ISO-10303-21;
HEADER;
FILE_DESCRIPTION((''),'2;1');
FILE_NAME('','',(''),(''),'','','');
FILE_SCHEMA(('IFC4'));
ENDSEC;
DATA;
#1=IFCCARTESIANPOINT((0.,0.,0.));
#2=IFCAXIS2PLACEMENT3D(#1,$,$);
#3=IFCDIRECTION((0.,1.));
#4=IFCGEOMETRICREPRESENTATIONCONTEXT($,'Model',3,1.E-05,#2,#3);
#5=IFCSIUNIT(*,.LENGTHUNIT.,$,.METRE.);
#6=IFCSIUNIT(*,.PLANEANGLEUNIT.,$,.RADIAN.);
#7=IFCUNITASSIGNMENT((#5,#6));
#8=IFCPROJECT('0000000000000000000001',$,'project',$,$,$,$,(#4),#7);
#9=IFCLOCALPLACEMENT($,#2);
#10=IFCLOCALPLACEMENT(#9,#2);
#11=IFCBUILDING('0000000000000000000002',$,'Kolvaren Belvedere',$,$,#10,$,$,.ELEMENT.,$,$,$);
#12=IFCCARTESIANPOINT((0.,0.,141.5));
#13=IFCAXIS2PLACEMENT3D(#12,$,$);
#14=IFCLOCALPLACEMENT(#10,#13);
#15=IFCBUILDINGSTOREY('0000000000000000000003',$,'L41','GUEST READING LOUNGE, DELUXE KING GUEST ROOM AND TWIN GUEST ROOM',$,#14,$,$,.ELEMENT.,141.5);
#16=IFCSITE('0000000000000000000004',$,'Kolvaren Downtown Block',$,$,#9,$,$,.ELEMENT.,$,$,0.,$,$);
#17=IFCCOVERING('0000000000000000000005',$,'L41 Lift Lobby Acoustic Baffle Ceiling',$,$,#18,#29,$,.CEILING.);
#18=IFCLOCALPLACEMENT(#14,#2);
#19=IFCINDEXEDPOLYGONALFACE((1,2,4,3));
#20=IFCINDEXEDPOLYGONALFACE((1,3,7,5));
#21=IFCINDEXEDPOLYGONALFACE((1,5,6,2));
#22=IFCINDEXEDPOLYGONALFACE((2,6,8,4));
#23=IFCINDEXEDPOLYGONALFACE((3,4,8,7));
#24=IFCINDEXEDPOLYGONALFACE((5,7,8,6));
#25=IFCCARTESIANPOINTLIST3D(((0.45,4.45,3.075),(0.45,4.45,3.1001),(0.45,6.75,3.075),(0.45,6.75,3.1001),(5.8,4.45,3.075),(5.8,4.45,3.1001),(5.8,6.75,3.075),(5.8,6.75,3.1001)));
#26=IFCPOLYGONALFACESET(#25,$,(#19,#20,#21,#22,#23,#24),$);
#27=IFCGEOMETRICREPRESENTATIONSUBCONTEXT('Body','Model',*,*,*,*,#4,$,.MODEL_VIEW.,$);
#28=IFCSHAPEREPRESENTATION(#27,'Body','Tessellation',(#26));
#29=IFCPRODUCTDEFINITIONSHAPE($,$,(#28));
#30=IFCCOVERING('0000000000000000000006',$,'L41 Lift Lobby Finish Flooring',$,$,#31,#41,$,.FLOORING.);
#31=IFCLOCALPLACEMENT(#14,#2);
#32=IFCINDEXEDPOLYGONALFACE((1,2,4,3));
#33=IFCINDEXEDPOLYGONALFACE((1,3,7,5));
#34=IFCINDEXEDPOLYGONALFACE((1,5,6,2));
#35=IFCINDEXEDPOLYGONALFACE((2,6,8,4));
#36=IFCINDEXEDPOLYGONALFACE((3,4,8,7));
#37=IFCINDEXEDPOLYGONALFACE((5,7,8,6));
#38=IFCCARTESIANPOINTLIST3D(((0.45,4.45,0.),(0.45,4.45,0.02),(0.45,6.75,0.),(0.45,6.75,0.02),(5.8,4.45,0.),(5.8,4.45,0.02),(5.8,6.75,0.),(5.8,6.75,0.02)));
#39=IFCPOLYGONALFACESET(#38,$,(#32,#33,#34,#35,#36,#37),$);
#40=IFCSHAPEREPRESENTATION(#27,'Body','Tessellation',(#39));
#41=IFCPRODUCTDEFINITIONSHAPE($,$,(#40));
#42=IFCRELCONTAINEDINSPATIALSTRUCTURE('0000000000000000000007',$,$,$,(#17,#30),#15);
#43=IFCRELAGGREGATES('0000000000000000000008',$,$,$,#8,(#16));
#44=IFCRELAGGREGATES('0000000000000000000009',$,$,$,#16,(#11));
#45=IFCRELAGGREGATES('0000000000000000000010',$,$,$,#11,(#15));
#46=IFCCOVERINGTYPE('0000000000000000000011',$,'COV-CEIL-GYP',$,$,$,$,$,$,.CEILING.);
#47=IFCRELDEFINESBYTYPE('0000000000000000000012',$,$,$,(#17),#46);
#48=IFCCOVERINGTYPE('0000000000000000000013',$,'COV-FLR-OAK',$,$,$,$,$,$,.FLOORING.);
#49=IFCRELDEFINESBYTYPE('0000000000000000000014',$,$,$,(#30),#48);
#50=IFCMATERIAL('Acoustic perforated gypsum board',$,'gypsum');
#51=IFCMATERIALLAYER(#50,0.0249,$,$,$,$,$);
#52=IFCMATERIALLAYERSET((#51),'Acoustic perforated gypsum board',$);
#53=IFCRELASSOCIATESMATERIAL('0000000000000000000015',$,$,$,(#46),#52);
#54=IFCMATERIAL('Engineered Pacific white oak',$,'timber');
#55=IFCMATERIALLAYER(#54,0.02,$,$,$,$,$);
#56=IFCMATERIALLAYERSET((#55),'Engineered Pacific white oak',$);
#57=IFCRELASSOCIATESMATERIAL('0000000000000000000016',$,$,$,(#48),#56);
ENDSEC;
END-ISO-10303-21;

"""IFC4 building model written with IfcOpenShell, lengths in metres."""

from ifc_helpers import new_model, si_unit, direction, frame, origin, place, context, subcontext, project, spatial, polyline, outline, extrude, material, layer, layer_set, type_object, element, save


model = new_model("IFC4")

# Units and contexts
model_context = context("Model", 3, precision=1e-05, world=origin(), true_north=direction((0.0, 1.0)))
body_context = subcontext(model_context, "Body", "Model", "MODEL_VIEW")
ifc_project = project(units=[si_unit("LENGTHUNIT", "METRE"), si_unit("PLANEANGLEUNIT", "RADIAN")], contexts=[model_context])

# Site, building, storey
site_placement = place(None, origin())
site = spatial("IfcSite", under=ifc_project, at=site_placement, Name="Kolvaren Downtown Block", CompositionType="ELEMENT", RefElevation=0.0)
building_placement = place(site_placement, origin())
building = spatial("IfcBuilding", under=site, at=building_placement, Name="Kolvaren Belvedere", CompositionType="ELEMENT")
storey_placement = place(building_placement, frame((0.0, 0.0, 141.5)))
storey = spatial("IfcBuildingStorey", under=building, at=storey_placement, Name="L41", Description="GUEST READING LOUNGE, DELUXE KING GUEST ROOM AND TWIN GUEST ROOM", CompositionType="ELEMENT", Elevation=141.5)

# Coverings
ifc_material_1 = material(Name="Acoustic perforated gypsum board", Category="gypsum")
ifc_layer_1 = layer(ifc_material_1, 0.0249)
ifc_layer_set_1 = layer_set([ifc_layer_1], Name="Acoustic perforated gypsum board")
covering_type_1 = type_object("IfcCoveringType", Name="COV-CEIL-GYP", PredefinedType="CEILING", material=ifc_layer_set_1)
covering_1_placement = place(storey_placement, frame((0.0, 0.0, 3.075)))
element("IfcCovering", 1, at=covering_1_placement, inside=storey, type_object=covering_type_1, Name="L41 Lift Lobby Acoustic Baffle Ceiling", PredefinedType="CEILING", context=body_context, shape_type="SweptSolid", body=[
    extrude(outline(polyline([(0.45, 4.45), (5.8, 4.45), (5.8, 6.75), (0.45, 6.75), (0.45, 4.45)])), origin(), (0.0, 0.0, 1.0), 0.0251),
])
ifc_material_2 = material(Name="Engineered Pacific white oak", Category="timber")
ifc_layer_2 = layer(ifc_material_2, 0.02)
ifc_layer_set_2 = layer_set([ifc_layer_2], Name="Engineered Pacific white oak")
covering_type_2 = type_object("IfcCoveringType", Name="COV-FLR-OAK", PredefinedType="FLOORING", material=ifc_layer_set_2)
covering_2_placement = place(storey_placement, origin())
element("IfcCovering", 2, at=covering_2_placement, inside=storey, type_object=covering_type_2, Name="L41 Lift Lobby Finish Flooring", PredefinedType="FLOORING", context=body_context, shape_type="SweptSolid", body=[
    extrude(outline(polyline([(0.45, 4.45), (5.8, 4.45), (5.8, 6.75), (0.45, 6.75), (0.45, 4.45)])), origin(), (0.0, 0.0, 1.0), 0.02),
])

save(model, "model.ifc")
